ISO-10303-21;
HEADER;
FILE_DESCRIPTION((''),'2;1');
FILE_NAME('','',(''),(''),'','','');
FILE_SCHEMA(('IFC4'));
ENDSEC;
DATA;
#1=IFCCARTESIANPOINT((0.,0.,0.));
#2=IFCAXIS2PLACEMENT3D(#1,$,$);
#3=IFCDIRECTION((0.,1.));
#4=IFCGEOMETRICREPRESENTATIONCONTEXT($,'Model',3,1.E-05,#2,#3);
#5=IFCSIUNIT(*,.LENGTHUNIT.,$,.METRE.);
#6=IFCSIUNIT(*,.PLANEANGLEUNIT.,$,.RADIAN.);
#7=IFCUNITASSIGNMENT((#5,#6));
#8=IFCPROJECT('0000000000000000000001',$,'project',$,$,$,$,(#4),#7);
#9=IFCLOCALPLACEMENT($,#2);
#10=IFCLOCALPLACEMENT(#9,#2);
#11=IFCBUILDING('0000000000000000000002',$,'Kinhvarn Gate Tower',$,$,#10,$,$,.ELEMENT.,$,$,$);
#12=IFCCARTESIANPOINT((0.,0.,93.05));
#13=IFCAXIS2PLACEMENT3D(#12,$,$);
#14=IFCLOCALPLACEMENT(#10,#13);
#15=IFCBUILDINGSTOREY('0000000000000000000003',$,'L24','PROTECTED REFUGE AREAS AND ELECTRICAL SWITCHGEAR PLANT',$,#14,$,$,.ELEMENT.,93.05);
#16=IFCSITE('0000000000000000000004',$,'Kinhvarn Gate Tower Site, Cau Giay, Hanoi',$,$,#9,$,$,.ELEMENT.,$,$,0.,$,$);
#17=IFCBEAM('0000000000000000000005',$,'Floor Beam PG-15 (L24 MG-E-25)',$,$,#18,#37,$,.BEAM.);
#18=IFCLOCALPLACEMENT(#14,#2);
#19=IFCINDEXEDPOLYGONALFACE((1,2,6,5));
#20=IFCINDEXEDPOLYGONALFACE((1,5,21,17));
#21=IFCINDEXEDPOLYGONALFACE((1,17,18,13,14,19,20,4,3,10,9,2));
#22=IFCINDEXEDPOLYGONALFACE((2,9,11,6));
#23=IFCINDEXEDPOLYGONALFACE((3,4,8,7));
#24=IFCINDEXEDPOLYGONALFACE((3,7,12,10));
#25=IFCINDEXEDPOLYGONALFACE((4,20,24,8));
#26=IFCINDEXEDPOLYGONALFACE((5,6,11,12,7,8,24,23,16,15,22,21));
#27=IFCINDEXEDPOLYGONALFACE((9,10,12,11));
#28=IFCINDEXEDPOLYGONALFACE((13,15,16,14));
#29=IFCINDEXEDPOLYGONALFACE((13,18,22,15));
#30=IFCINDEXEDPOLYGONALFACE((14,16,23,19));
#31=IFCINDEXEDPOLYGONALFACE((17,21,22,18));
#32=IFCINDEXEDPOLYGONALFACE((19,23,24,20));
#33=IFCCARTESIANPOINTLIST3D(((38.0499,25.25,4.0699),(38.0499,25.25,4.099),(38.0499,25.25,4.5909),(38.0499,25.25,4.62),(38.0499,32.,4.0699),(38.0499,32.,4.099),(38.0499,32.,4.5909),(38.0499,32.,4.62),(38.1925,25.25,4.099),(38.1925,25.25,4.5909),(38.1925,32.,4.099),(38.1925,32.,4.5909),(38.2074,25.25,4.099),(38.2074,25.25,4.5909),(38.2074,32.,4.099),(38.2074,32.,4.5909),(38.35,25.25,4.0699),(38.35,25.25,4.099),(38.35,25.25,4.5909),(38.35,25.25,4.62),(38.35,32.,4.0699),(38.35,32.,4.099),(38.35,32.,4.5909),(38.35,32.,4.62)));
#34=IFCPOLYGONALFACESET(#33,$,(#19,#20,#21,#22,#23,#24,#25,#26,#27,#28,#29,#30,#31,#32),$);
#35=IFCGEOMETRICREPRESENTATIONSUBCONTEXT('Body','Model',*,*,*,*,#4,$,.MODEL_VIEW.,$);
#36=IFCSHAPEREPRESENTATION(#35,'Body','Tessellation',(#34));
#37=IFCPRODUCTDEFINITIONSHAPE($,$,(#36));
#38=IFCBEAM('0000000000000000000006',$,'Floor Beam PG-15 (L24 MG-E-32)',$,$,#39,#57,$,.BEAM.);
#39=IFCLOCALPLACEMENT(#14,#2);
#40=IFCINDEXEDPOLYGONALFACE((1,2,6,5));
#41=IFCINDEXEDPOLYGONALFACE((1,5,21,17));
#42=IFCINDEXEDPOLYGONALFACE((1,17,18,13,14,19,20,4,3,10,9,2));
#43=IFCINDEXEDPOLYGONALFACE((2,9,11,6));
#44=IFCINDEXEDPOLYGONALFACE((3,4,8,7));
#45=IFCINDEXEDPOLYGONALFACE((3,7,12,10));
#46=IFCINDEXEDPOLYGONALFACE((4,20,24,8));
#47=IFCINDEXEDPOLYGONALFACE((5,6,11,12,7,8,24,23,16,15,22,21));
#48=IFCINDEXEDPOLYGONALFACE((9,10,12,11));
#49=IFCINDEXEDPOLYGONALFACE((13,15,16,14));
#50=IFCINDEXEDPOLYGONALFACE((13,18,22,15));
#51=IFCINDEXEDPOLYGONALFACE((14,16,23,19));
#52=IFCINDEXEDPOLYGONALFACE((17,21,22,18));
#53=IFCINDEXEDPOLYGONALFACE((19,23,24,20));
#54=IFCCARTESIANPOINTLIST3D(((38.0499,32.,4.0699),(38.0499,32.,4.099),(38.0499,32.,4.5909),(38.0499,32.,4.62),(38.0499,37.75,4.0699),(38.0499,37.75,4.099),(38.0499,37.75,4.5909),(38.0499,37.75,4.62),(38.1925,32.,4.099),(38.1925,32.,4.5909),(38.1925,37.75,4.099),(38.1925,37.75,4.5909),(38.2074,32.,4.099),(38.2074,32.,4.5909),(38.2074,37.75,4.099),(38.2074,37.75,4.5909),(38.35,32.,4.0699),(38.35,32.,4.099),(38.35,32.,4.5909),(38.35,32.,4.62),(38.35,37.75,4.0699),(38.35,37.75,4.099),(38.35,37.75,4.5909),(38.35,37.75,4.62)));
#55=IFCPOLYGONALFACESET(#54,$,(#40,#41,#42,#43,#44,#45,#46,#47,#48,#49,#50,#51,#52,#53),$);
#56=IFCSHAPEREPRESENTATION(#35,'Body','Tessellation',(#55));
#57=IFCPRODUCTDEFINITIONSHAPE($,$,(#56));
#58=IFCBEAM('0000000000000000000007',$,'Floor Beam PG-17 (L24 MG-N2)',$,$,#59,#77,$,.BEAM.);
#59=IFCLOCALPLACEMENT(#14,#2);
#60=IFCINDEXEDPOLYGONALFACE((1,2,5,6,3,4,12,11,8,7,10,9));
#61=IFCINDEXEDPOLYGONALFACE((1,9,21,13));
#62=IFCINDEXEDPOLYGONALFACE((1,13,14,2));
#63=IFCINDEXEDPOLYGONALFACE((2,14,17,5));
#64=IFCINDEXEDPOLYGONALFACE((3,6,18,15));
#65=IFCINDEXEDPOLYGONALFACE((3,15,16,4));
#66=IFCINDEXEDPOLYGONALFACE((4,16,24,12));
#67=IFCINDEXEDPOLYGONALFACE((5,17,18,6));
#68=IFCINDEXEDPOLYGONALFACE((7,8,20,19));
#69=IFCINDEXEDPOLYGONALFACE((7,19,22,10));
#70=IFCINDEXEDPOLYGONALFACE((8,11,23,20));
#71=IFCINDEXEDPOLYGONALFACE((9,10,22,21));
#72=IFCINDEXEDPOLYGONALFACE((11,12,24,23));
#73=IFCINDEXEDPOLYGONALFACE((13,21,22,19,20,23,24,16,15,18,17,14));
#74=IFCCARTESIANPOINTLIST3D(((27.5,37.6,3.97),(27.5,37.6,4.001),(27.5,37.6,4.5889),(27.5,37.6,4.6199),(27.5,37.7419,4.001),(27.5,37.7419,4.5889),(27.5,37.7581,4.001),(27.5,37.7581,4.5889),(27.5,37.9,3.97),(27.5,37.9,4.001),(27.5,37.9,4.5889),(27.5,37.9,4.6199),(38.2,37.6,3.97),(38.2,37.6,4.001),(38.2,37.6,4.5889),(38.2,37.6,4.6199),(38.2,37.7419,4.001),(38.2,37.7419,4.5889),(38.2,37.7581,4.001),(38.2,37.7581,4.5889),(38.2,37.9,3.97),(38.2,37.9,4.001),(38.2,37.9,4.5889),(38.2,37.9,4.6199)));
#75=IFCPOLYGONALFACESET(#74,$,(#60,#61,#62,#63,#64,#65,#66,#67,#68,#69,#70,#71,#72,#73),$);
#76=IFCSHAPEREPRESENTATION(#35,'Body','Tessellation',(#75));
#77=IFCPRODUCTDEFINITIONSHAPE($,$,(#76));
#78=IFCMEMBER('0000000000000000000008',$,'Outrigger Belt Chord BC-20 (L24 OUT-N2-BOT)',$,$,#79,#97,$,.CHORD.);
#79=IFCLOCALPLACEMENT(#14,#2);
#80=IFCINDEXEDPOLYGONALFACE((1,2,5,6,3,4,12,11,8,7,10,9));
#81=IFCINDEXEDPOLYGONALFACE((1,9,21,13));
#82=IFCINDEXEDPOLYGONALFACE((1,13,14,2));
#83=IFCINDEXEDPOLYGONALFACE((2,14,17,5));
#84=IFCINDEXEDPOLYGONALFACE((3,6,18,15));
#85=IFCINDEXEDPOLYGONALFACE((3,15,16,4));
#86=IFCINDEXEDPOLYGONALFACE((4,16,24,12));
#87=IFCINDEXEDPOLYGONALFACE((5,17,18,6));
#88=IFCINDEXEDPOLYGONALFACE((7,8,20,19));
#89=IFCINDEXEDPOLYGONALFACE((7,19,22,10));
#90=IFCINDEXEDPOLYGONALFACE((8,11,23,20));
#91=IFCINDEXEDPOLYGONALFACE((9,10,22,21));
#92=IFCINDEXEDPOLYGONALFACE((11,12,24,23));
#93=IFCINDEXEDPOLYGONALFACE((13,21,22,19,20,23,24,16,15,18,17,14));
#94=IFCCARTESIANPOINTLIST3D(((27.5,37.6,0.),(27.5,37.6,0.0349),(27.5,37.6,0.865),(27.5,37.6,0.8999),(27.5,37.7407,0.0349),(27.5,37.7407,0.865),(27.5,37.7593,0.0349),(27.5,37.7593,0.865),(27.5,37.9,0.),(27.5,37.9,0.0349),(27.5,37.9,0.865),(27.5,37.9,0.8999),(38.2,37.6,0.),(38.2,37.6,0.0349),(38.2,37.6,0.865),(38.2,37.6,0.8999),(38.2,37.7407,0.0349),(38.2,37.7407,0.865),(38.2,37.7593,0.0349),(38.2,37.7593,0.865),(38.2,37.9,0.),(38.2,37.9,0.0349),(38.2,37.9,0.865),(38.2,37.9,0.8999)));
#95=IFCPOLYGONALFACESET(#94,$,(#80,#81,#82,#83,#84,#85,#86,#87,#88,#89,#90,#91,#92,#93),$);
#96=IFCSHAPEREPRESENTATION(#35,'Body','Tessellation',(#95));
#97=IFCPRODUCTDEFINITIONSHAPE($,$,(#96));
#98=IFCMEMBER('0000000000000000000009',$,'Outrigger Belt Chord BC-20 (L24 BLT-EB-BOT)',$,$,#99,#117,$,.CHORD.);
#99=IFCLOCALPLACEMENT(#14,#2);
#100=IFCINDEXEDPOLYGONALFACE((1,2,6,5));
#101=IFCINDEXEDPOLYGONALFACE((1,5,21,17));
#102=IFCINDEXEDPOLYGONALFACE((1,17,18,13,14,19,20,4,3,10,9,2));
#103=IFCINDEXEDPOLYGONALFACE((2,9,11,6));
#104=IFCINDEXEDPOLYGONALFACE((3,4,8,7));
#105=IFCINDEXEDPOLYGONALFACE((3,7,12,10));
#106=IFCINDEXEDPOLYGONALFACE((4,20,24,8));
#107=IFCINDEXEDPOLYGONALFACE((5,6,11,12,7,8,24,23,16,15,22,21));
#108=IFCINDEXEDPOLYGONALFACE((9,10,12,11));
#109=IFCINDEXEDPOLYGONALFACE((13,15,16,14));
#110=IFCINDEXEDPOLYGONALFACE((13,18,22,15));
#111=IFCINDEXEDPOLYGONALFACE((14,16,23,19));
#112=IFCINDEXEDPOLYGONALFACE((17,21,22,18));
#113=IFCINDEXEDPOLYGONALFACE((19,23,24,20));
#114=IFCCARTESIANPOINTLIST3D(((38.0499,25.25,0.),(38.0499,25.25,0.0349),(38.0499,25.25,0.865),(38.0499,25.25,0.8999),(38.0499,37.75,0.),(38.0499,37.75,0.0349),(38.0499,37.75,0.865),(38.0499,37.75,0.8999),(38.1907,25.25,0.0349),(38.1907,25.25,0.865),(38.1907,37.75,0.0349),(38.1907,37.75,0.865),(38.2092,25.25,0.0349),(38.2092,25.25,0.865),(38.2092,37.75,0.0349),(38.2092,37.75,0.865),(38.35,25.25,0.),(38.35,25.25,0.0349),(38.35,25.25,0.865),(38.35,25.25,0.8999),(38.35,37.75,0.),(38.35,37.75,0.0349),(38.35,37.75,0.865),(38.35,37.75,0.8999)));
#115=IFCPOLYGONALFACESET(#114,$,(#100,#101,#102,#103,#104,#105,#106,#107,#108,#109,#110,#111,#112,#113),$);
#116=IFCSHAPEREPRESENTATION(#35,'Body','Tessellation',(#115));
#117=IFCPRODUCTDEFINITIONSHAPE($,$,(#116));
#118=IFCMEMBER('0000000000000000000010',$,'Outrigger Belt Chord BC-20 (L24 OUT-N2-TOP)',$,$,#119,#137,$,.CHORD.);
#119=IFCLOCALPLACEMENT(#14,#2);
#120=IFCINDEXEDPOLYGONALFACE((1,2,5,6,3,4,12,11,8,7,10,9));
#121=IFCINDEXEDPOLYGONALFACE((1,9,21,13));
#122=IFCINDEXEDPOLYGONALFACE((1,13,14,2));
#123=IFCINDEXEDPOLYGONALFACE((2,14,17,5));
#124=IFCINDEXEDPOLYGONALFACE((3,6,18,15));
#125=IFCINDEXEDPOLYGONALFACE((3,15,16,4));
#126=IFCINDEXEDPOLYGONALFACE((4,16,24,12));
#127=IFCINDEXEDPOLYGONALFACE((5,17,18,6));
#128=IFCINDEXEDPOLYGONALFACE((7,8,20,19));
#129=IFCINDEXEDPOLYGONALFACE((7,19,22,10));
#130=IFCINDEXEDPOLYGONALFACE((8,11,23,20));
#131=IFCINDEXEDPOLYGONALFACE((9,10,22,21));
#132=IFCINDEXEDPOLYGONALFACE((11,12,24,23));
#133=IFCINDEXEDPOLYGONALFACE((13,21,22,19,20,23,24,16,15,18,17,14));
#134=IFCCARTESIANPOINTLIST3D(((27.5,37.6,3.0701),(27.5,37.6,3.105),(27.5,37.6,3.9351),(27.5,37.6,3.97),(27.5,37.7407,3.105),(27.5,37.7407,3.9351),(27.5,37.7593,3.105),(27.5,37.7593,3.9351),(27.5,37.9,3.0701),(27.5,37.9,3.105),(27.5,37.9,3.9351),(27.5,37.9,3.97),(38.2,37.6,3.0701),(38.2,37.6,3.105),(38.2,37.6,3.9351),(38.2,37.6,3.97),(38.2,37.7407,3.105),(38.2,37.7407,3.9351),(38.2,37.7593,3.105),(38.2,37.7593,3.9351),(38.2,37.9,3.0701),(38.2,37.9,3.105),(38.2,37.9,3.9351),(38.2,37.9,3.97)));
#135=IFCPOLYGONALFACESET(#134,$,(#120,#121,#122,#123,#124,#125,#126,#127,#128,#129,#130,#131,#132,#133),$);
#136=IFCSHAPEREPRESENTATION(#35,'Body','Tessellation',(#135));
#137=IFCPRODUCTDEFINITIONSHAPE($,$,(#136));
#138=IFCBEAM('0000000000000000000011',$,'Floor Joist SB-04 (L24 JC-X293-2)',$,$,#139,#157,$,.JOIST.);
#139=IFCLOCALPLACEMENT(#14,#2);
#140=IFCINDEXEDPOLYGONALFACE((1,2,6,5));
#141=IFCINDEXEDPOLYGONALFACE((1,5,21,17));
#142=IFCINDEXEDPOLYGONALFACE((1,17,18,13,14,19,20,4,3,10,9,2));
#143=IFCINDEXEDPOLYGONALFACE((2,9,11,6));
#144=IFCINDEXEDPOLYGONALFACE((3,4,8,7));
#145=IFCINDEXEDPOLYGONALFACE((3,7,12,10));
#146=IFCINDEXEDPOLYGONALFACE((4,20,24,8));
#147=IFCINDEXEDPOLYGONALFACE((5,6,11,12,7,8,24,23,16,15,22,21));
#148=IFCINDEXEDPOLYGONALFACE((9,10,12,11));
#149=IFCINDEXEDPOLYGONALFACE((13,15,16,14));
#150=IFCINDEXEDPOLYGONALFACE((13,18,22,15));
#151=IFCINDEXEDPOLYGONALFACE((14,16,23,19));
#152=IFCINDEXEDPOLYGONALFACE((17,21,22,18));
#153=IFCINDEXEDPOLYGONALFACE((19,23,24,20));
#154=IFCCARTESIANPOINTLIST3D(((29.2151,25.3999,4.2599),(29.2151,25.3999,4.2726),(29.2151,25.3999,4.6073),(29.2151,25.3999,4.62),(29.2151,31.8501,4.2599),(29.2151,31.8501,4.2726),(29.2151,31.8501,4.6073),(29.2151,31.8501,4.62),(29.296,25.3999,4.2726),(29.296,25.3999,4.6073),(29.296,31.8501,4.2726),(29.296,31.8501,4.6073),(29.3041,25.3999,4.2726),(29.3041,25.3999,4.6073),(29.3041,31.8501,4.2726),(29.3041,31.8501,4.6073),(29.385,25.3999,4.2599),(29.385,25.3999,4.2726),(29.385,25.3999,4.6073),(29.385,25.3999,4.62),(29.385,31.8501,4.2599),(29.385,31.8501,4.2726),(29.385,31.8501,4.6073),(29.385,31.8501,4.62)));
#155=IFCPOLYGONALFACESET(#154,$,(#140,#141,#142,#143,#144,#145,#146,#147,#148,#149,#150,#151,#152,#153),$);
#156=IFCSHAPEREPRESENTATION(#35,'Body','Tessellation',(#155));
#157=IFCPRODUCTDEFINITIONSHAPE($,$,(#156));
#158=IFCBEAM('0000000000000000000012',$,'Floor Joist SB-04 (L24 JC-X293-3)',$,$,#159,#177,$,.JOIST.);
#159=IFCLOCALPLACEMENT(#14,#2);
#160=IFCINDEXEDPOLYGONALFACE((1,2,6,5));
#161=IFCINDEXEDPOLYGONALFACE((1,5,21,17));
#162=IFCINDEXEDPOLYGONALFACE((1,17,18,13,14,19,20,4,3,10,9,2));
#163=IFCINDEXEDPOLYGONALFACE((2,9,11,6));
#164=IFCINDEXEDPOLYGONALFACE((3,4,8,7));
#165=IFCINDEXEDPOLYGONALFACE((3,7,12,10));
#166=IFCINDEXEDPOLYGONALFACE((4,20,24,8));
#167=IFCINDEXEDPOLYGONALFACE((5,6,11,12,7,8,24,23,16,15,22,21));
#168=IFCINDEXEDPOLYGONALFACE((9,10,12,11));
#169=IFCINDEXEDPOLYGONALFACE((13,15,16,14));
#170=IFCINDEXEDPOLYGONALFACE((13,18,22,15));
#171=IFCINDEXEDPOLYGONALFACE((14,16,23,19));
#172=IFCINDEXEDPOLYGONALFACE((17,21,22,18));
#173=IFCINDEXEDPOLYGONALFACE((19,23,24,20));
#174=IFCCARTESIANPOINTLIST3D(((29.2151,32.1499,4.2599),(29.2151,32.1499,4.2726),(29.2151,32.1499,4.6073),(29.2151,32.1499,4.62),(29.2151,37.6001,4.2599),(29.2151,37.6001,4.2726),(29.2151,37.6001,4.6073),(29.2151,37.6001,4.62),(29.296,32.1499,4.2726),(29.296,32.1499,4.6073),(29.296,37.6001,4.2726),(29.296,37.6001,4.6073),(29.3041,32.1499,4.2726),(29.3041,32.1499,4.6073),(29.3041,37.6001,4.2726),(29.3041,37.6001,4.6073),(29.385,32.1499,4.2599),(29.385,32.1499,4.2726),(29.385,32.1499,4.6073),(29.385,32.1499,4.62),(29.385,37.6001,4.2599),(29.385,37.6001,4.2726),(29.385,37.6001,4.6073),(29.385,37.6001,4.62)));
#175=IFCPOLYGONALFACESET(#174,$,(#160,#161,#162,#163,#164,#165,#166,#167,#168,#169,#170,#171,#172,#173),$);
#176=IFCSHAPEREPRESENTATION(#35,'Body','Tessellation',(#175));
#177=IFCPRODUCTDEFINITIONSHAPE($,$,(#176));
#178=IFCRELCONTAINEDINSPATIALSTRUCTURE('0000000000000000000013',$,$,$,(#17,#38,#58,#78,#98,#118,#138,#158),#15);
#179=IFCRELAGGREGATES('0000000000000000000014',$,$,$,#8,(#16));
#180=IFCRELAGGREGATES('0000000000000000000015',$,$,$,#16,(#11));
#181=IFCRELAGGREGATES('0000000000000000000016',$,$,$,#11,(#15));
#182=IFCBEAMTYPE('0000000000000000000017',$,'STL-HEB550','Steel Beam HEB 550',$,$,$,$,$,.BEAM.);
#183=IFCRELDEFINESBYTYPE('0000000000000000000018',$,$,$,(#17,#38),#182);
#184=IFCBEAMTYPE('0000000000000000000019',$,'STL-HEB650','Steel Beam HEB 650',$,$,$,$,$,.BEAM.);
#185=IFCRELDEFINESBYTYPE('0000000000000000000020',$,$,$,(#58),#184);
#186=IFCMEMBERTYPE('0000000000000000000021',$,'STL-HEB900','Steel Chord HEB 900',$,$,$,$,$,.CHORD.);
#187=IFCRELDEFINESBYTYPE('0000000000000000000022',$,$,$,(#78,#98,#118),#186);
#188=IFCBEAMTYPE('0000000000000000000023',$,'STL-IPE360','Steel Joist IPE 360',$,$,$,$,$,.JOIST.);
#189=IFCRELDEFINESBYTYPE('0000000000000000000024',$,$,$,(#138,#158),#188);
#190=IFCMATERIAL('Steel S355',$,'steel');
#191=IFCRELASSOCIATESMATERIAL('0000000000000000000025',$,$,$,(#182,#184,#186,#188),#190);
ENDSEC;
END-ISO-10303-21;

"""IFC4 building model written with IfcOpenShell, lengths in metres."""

from ifc_helpers import new_model, si_unit, direction, frame, origin, origin_2d, place, context, subcontext, project, spatial, i_section, extrude, material, material_profile, profile_set, type_object, element, save


model = new_model("IFC4")

# Units and contexts
model_context = context("Model", 3, precision=1e-05, world=origin(), true_north=direction((0.0, 1.0)))
body_context = subcontext(model_context, "Body", "Model", "MODEL_VIEW")
ifc_project = project(units=[si_unit("LENGTHUNIT", "METRE"), si_unit("PLANEANGLEUNIT", "RADIAN")], contexts=[model_context])

# Site, building, storey
site_placement = place(None, origin())
site = spatial("IfcSite", under=ifc_project, at=site_placement, Name="Kinhvarn Gate Tower Site, Cau Giay, Hanoi", CompositionType="ELEMENT", RefElevation=0.0)
building_placement = place(site_placement, origin())
building = spatial("IfcBuilding", under=site, at=building_placement, Name="Kinhvarn Gate Tower", CompositionType="ELEMENT")
storey_placement = place(building_placement, frame((0.0, 0.0, 93.05)))
storey = spatial("IfcBuildingStorey", under=building, at=storey_placement, Name="L24", Description="PROTECTED REFUGE AREAS AND ELECTRICAL SWITCHGEAR PLANT", CompositionType="ELEMENT", Elevation=93.05)

# Shared definitions
ifc_material_1 = material(Name="Steel S355", Category="steel")

# Beams
ifc_material_profile_1 = material_profile(ifc_material_1, i_section(OverallWidth=0.3, OverallDepth=0.55, WebThickness=0.0149, FlangeThickness=0.0291, at=origin_2d()), Name="HEB 550")
ifc_profile_set_1 = profile_set([ifc_material_profile_1], Name="Steel S355")
beam_type_1 = type_object("IfcBeamType", Name="STL-HEB550", Description="Steel Beam HEB 550", PredefinedType="BEAM", material=ifc_profile_set_1)
beam_1_placement = place(storey_placement, frame((38.2, 25.25, 4.345), z_axis=(0.0, 1.0, 0.0), x_axis=(-1.0, 0.0, 0.0)))
element("IfcBeam", 1, at=beam_1_placement, inside=storey, type_object=beam_type_1, Name="Floor Beam PG-15 (L24 MG-E-25)", PredefinedType="BEAM", context=body_context, shape_type="SweptSolid", body=[
    extrude(i_section(OverallWidth=0.3, OverallDepth=0.55, WebThickness=0.0149, FlangeThickness=0.0291, at=origin_2d()), origin(), (0.0, 0.0, 1.0), 6.75),
])
beam_2_placement = place(storey_placement, frame((38.2, 32.0, 4.345), z_axis=(0.0, 1.0, 0.0), x_axis=(-1.0, 0.0, 0.0)))
element("IfcBeam", 2, at=beam_2_placement, inside=storey, type_object=beam_type_1, Name="Floor Beam PG-15 (L24 MG-E-32)", PredefinedType="BEAM", context=body_context, shape_type="SweptSolid", body=[
    extrude(i_section(OverallWidth=0.3, OverallDepth=0.55, WebThickness=0.0149, FlangeThickness=0.0291, at=origin_2d()), origin(), (0.0, 0.0, 1.0), 5.75),
])
ifc_material_profile_2 = material_profile(ifc_material_1, i_section(OverallWidth=0.3, OverallDepth=0.6499, WebThickness=0.0161, FlangeThickness=0.031, at=origin_2d()), Name="HEB 650")
ifc_profile_set_2 = profile_set([ifc_material_profile_2], Name="Steel S355")
beam_type_2 = type_object("IfcBeamType", Name="STL-HEB650", Description="Steel Beam HEB 650", PredefinedType="BEAM", material=ifc_profile_set_2)
beam_3_placement = place(storey_placement, frame((27.5, 37.75, 4.2949), z_axis=(1.0, 0.0, 0.0), x_axis=(0.0, 1.0, 0.0)))
element("IfcBeam", 3, at=beam_3_placement, inside=storey, type_object=beam_type_2, Name="Floor Beam PG-17 (L24 MG-N2)", PredefinedType="BEAM", context=body_context, shape_type="SweptSolid", body=[
    extrude(i_section(OverallWidth=0.3, OverallDepth=0.6499, WebThickness=0.0161, FlangeThickness=0.031, at=origin_2d()), origin(), (0.0, 0.0, 1.0), 10.7),
])

# Members
ifc_material_profile_3 = material_profile(ifc_material_1, i_section(OverallWidth=0.3, OverallDepth=0.8999, WebThickness=0.0186, FlangeThickness=0.0349, at=origin_2d()), Name="HEB 900")
ifc_profile_set_3 = profile_set([ifc_material_profile_3], Name="Steel S355")
member_type_1 = type_object("IfcMemberType", Name="STL-HEB900", Description="Steel Chord HEB 900", PredefinedType="CHORD", material=ifc_profile_set_3)
member_1_placement = place(storey_placement, frame((27.5, 37.75, 0.45), z_axis=(1.0, 0.0, 0.0), x_axis=(0.0, 1.0, 0.0)))
element("IfcMember", 4, at=member_1_placement, inside=storey, type_object=member_type_1, Name="Outrigger Belt Chord BC-20 (L24 OUT-N2-BOT)", PredefinedType="CHORD", context=body_context, shape_type="SweptSolid", body=[
    extrude(i_section(OverallWidth=0.3, OverallDepth=0.8999, WebThickness=0.0186, FlangeThickness=0.0349, at=origin_2d()), origin(), (0.0, 0.0, 1.0), 10.7),
])
member_2_placement = place(storey_placement, frame((38.2, 25.25, 0.45), z_axis=(0.0, 1.0, 0.0), x_axis=(-1.0, 0.0, 0.0)))
element("IfcMember", 5, at=member_2_placement, inside=storey, type_object=member_type_1, Name="Outrigger Belt Chord BC-20 (L24 BLT-EB-BOT)", PredefinedType="CHORD", context=body_context, shape_type="SweptSolid", body=[
    extrude(i_section(OverallWidth=0.3, OverallDepth=0.8999, WebThickness=0.0186, FlangeThickness=0.0349, at=origin_2d()), origin(), (0.0, 0.0, 1.0), 12.5),
])
member_3_placement = place(storey_placement, frame((27.5, 37.75, 3.52), z_axis=(1.0, 0.0, 0.0), x_axis=(0.0, 1.0, 0.0)))
element("IfcMember", 6, at=member_3_placement, inside=storey, type_object=member_type_1, Name="Outrigger Belt Chord BC-20 (L24 OUT-N2-TOP)", PredefinedType="CHORD", context=body_context, shape_type="SweptSolid", body=[
    extrude(i_section(OverallWidth=0.3, OverallDepth=0.8999, WebThickness=0.0186, FlangeThickness=0.0349, at=origin_2d()), origin(), (0.0, 0.0, 1.0), 10.7),
])

# Beams
ifc_material_profile_4 = material_profile(ifc_material_1, i_section(OverallWidth=0.1699, OverallDepth=0.3601, WebThickness=0.0081, FlangeThickness=0.0127, at=origin_2d()), Name="IPE 360")
ifc_profile_set_4 = profile_set([ifc_material_profile_4], Name="Steel S355")
beam_type_3 = type_object("IfcBeamType", Name="STL-IPE360", Description="Steel Joist IPE 360", PredefinedType="JOIST", material=ifc_profile_set_4)
beam_4_placement = place(storey_placement, frame((29.3, 25.3999, 4.4399), z_axis=(0.0, 1.0, 0.0), x_axis=(-1.0, 0.0, 0.0)))
element("IfcBeam", 7, at=beam_4_placement, inside=storey, type_object=beam_type_3, Name="Floor Joist SB-04 (L24 JC-X293-2)", PredefinedType="JOIST", context=body_context, shape_type="SweptSolid", body=[
    extrude(i_section(OverallWidth=0.1699, OverallDepth=0.3601, WebThickness=0.0081, FlangeThickness=0.0127, at=origin_2d()), origin(), (0.0, 0.0, 1.0), 6.4502),
])
beam_5_placement = place(storey_placement, frame((29.3, 32.1499, 4.4399), z_axis=(0.0, 1.0, 0.0), x_axis=(-1.0, 0.0, 0.0)))
element("IfcBeam", 8, at=beam_5_placement, inside=storey, type_object=beam_type_3, Name="Floor Joist SB-04 (L24 JC-X293-3)", PredefinedType="JOIST", context=body_context, shape_type="SweptSolid", body=[
    extrude(i_section(OverallWidth=0.1699, OverallDepth=0.3601, WebThickness=0.0081, FlangeThickness=0.0127, at=origin_2d()), origin(), (0.0, 0.0, 1.0), 5.4502),
])

save(model, "model.ifc")
